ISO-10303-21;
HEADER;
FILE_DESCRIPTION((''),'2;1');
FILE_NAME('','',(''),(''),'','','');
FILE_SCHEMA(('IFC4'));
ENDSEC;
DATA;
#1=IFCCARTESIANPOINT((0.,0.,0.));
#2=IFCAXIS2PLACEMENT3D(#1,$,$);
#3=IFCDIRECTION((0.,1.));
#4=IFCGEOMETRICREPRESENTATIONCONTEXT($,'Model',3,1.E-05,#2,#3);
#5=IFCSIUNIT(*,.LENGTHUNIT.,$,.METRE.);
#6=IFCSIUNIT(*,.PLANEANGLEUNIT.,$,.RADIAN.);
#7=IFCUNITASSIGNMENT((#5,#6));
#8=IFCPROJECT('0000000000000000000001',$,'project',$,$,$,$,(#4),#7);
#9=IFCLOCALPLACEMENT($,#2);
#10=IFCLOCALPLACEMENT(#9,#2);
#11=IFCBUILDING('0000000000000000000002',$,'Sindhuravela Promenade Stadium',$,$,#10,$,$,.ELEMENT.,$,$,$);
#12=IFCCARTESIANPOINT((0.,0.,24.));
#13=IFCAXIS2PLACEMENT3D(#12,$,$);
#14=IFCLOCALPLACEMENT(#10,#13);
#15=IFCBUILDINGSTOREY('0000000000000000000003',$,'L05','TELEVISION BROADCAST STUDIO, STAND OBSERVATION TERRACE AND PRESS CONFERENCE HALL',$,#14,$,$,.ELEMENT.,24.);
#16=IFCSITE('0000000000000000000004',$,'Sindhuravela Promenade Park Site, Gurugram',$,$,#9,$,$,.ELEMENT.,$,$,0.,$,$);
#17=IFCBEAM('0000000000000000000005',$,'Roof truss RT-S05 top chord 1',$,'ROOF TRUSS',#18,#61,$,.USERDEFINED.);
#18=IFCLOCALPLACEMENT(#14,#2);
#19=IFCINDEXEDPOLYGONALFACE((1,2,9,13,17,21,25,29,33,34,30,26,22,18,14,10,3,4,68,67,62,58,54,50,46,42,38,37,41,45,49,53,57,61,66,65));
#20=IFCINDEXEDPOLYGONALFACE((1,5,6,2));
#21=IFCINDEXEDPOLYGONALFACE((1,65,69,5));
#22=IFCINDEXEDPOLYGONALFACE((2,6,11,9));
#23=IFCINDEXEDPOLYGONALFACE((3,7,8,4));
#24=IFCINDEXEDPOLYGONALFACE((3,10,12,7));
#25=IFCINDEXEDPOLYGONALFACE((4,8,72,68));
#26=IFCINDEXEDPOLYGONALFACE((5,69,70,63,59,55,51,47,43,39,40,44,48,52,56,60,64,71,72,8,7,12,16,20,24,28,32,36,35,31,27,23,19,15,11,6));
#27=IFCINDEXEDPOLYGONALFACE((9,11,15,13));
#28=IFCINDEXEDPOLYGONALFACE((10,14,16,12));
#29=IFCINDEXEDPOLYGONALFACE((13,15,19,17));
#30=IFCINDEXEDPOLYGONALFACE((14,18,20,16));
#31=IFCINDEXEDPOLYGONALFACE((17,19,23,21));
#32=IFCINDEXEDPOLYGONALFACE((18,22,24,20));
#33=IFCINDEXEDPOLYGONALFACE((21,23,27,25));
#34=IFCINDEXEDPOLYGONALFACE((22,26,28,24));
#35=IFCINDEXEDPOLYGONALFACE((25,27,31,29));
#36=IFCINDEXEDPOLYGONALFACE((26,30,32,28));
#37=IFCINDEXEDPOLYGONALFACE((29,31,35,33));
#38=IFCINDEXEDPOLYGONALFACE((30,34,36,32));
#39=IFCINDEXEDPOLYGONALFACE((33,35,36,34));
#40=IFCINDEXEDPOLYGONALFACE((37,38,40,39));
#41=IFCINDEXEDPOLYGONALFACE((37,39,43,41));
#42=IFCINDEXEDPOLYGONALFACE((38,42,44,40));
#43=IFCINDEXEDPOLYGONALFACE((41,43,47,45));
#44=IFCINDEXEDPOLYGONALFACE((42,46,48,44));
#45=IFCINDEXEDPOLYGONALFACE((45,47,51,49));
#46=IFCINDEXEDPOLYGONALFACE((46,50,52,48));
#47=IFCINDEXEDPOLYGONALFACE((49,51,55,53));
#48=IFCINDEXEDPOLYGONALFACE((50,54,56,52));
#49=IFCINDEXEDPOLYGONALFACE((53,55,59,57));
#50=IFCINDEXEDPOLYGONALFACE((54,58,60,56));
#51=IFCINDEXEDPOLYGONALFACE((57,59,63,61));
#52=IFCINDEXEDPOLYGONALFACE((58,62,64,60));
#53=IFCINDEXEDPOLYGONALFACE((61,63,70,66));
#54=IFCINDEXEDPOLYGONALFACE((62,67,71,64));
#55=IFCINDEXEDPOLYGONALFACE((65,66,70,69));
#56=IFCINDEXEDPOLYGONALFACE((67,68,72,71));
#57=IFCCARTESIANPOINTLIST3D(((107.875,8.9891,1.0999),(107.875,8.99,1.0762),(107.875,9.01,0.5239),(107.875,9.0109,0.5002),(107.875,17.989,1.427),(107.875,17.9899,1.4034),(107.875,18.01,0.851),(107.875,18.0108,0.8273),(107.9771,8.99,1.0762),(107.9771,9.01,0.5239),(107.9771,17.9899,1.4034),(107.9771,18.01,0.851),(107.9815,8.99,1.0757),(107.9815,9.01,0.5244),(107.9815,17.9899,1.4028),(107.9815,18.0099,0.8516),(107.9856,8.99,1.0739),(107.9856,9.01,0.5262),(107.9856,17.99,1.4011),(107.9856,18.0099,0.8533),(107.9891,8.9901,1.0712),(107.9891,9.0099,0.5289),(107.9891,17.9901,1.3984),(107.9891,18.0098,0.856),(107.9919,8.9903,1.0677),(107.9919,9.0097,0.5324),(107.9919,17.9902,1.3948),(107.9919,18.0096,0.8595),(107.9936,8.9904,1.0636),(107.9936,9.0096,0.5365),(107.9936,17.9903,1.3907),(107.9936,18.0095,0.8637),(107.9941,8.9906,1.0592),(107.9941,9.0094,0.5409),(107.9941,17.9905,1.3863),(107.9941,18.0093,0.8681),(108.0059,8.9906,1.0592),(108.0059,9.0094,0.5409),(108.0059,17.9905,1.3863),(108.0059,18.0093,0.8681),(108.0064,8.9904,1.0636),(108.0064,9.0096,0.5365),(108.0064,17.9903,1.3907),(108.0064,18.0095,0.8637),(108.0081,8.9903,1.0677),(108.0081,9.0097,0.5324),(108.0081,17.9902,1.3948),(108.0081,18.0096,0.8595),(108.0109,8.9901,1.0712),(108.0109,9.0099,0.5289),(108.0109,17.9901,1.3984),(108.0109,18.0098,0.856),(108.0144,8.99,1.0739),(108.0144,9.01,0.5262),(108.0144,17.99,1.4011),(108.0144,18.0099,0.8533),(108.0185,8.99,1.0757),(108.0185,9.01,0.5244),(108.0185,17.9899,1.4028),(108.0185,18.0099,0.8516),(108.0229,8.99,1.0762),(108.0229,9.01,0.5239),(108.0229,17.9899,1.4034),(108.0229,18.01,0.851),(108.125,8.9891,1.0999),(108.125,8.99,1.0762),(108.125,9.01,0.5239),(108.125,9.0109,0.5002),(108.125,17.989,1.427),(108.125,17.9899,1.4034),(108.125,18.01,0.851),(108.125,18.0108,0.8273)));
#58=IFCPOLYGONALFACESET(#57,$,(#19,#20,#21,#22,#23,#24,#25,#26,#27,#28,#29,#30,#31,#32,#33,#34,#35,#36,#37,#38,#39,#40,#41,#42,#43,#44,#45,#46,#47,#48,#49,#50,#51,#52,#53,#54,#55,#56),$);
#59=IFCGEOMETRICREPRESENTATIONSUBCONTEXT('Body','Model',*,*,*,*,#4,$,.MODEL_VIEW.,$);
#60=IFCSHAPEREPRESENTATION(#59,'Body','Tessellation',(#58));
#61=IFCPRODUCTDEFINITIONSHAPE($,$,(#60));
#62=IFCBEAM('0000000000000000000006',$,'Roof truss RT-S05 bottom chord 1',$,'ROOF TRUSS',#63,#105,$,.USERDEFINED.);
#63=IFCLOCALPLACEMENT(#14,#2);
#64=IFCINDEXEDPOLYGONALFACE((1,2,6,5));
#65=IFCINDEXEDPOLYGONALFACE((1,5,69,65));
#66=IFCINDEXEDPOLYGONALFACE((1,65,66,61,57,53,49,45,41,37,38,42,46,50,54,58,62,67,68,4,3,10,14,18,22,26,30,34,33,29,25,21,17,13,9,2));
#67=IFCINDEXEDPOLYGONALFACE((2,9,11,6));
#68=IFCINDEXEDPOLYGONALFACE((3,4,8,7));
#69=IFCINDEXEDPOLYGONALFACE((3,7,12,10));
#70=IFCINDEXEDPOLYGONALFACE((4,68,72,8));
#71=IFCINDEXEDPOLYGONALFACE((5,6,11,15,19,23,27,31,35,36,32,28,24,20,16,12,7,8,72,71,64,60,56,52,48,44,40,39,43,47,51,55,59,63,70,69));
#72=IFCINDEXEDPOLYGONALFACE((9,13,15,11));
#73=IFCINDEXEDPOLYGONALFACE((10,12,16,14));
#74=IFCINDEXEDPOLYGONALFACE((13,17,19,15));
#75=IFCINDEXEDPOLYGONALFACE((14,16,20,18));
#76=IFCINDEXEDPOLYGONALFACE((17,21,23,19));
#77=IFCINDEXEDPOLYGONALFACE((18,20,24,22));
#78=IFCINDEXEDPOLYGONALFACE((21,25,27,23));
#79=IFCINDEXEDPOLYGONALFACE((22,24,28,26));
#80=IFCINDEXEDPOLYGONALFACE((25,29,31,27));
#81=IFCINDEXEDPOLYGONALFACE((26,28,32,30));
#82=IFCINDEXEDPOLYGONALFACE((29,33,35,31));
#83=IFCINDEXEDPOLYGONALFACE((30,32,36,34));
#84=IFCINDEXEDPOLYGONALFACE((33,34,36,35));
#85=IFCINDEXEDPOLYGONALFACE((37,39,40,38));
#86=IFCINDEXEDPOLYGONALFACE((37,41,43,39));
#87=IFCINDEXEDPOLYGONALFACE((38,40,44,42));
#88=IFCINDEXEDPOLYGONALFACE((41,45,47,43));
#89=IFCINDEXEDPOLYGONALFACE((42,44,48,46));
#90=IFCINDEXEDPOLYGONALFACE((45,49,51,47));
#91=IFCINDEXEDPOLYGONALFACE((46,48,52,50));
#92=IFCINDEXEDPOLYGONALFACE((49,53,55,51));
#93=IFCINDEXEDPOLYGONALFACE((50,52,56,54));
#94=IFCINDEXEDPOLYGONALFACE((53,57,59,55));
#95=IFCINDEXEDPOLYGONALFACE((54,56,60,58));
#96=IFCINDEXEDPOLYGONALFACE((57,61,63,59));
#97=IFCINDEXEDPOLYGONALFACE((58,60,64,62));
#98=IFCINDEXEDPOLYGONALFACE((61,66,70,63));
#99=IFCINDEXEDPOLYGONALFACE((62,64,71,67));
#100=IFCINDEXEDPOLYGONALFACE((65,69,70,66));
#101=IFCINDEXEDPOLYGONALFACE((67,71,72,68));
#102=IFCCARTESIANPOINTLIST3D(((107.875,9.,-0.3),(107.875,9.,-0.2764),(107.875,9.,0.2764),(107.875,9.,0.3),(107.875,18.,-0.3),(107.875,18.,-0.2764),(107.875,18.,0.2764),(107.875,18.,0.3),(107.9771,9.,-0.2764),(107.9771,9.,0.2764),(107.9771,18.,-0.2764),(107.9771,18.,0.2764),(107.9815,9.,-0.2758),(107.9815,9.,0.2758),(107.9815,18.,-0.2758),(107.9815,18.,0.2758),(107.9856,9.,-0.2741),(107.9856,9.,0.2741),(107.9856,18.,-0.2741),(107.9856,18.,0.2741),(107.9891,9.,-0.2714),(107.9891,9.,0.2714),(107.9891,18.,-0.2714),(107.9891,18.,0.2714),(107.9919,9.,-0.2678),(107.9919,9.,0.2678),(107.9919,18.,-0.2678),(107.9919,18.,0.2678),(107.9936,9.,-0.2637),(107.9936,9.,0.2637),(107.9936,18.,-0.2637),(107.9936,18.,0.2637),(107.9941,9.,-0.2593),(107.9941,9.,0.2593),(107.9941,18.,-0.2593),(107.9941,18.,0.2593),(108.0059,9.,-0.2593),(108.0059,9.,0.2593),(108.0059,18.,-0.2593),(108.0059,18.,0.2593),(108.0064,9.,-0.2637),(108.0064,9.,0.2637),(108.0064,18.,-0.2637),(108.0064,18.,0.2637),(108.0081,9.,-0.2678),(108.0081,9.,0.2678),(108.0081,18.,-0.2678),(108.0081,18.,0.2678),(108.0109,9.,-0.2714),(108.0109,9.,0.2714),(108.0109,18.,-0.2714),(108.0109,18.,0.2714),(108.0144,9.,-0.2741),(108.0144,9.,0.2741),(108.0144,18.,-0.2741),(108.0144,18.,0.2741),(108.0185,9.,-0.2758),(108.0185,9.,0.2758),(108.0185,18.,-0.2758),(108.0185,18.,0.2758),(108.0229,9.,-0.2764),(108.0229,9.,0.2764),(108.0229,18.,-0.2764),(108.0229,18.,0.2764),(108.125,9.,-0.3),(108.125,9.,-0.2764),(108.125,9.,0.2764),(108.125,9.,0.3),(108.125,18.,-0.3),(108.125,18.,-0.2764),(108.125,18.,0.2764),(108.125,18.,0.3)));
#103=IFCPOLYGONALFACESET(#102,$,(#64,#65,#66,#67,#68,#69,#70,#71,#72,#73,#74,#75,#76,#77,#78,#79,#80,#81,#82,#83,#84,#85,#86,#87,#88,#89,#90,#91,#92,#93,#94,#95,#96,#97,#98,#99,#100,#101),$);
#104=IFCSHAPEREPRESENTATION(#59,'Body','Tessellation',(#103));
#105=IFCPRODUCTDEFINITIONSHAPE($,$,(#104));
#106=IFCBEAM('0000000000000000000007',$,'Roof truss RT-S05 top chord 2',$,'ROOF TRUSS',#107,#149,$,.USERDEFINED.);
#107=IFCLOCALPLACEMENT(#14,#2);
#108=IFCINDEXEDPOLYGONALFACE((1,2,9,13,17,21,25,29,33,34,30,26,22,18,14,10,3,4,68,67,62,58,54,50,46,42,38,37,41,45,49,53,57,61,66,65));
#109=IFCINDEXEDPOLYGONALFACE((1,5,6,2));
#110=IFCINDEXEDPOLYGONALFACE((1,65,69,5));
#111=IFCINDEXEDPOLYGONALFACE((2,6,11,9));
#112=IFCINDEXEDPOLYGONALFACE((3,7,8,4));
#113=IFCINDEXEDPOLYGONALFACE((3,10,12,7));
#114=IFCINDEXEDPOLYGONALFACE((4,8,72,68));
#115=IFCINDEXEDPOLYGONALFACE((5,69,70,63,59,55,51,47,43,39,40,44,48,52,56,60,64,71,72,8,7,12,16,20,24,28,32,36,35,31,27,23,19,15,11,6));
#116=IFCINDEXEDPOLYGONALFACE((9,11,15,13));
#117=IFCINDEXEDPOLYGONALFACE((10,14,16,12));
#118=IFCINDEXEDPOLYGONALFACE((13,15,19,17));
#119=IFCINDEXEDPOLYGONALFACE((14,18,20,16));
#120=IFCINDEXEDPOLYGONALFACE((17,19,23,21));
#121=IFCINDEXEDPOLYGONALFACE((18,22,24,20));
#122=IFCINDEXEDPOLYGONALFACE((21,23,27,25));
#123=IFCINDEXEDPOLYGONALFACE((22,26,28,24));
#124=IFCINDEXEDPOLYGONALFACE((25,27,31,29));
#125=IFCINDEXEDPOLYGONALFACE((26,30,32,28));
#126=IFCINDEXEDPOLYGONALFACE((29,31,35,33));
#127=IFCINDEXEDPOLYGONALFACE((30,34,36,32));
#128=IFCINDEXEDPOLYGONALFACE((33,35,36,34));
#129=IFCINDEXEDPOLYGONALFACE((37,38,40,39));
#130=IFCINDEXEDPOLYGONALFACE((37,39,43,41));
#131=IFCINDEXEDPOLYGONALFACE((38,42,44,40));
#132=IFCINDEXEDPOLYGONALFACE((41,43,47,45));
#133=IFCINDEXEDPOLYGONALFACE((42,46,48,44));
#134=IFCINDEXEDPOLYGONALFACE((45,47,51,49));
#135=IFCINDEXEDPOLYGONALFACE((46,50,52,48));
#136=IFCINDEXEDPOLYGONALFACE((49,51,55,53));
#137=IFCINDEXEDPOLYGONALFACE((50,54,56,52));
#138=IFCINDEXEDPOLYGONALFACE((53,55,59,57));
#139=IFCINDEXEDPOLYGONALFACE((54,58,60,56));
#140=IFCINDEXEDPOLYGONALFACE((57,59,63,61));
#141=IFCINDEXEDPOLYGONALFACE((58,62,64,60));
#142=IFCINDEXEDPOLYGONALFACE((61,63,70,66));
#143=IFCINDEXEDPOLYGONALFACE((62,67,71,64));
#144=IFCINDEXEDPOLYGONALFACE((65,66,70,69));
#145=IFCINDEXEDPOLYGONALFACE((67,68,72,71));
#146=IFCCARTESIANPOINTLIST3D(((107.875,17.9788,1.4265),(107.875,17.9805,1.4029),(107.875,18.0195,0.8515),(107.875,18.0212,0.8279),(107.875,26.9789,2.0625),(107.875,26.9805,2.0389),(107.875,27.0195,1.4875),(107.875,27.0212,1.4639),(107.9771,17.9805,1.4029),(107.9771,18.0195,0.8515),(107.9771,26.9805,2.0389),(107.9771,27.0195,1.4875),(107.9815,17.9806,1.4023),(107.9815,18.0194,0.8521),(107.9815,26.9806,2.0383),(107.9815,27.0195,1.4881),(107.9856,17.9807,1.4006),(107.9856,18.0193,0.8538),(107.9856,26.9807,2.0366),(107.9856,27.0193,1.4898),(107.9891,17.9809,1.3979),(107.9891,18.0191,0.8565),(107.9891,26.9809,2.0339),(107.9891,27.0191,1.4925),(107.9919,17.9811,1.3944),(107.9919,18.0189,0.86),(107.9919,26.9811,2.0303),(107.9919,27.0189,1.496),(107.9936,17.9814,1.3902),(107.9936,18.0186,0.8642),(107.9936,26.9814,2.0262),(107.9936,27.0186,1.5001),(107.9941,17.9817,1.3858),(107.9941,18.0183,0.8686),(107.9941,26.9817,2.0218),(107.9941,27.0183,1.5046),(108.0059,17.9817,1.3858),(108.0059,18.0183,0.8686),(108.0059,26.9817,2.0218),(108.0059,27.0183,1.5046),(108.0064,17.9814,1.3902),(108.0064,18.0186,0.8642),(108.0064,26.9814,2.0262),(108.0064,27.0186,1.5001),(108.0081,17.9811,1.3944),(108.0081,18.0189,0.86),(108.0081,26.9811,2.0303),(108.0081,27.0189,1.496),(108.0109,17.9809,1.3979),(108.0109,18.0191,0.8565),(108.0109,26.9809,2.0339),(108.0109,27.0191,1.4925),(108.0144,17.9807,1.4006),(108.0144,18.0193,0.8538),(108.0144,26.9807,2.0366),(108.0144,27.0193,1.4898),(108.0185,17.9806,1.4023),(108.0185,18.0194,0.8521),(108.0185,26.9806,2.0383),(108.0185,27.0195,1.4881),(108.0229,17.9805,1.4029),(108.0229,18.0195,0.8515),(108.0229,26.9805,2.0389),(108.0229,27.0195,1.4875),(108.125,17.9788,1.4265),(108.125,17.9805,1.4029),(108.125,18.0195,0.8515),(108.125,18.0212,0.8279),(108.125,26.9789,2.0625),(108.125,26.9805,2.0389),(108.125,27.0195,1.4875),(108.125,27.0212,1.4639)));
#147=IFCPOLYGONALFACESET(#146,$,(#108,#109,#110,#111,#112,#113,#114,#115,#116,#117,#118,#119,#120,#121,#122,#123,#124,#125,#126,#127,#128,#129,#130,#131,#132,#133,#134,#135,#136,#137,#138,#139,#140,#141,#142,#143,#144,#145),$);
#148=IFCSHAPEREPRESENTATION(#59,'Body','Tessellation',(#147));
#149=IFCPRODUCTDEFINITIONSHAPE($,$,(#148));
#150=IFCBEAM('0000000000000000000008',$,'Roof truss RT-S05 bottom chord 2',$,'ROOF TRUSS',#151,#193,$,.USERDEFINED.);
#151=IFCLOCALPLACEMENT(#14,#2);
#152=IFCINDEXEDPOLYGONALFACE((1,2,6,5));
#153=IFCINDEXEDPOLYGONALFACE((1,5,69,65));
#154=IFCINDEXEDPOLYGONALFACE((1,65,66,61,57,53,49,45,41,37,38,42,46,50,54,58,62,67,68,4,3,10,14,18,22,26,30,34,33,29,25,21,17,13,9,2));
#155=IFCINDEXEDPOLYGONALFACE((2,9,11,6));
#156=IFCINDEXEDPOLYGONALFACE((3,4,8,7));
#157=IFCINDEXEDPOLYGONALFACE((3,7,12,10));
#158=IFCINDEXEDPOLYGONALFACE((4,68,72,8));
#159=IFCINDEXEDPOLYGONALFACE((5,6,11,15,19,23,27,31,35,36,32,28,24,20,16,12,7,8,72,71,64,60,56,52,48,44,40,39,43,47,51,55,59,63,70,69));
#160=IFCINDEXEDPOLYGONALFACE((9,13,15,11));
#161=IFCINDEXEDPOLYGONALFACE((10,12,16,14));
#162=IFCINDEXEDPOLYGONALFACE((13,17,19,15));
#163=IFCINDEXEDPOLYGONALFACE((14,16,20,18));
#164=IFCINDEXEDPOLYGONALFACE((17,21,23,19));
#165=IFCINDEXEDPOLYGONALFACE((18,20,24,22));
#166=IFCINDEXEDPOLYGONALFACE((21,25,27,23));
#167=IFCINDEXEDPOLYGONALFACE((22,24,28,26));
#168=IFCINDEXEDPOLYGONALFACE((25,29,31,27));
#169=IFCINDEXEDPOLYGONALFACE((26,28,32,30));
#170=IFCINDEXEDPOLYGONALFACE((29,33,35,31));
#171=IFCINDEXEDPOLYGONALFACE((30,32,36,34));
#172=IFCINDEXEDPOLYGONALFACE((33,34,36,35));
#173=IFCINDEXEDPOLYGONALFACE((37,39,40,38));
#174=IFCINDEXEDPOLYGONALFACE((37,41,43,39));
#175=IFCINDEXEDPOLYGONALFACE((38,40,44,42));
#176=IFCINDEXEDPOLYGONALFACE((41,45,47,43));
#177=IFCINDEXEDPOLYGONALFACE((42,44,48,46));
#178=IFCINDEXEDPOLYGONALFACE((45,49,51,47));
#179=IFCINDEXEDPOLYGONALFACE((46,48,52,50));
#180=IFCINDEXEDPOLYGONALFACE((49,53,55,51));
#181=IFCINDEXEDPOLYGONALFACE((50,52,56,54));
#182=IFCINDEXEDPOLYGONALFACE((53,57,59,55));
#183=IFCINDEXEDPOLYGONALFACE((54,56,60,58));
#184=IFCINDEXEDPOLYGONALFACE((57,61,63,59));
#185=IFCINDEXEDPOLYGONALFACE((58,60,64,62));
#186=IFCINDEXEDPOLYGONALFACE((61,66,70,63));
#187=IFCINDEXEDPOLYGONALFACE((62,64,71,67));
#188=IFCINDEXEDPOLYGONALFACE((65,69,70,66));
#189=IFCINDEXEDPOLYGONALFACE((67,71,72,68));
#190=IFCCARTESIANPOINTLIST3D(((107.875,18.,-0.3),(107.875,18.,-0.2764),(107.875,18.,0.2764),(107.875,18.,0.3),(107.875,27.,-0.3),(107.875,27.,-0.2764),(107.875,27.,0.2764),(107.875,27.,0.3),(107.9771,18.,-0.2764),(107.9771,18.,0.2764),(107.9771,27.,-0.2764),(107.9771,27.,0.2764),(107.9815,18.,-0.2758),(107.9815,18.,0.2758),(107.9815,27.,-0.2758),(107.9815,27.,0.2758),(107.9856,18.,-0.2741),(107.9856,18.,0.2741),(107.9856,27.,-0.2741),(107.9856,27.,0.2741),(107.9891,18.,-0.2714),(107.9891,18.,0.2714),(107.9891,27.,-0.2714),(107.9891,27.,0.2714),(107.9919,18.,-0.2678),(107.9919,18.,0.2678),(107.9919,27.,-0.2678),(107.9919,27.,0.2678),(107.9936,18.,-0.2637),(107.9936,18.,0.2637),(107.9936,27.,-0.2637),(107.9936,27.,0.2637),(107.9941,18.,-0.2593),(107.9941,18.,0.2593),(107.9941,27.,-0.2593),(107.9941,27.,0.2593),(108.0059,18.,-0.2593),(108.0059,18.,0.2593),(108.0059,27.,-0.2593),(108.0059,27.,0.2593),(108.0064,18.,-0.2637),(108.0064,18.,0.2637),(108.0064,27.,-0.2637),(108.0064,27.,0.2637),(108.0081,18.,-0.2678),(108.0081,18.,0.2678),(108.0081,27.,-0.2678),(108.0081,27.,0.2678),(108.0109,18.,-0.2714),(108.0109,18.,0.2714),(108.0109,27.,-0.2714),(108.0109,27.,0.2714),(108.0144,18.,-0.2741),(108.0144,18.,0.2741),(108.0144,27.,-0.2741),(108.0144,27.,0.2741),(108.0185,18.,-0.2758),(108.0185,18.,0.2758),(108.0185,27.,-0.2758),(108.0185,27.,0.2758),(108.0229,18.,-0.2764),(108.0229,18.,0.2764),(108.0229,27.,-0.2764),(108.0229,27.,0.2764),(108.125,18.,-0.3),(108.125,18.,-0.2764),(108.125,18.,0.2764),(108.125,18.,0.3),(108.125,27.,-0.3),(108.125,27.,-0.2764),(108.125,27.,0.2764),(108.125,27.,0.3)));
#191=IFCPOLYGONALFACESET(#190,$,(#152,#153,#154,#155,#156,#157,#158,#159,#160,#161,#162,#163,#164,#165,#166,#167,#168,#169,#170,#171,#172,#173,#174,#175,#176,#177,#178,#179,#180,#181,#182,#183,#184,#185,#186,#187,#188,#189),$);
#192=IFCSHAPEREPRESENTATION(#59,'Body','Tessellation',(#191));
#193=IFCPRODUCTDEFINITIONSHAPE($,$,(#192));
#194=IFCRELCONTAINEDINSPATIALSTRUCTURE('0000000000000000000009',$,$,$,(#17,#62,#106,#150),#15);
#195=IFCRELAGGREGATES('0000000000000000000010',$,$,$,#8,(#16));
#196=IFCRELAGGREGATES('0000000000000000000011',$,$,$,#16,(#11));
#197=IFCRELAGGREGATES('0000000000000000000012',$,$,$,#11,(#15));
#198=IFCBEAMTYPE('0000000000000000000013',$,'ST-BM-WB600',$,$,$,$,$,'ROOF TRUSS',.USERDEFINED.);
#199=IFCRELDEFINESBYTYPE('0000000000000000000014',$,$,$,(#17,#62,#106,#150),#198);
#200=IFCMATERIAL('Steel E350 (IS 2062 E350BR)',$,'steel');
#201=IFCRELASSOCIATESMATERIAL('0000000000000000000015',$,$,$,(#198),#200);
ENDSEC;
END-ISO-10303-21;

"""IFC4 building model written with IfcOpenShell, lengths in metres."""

from ifc_helpers import new_model, si_unit, direction, frame, origin, origin_2d, place, context, subcontext, project, spatial, i_section, extrude, material, material_profile, profile_set, type_object, element, save


model = new_model("IFC4")

# Units and contexts
model_context = context("Model", 3, precision=1e-05, world=origin(), true_north=direction((0.0, 1.0)))
body_context = subcontext(model_context, "Body", "Model", "MODEL_VIEW")
ifc_project = project(units=[si_unit("LENGTHUNIT", "METRE"), si_unit("PLANEANGLEUNIT", "RADIAN")], contexts=[model_context])

# Site, building, storey
site_placement = place(None, origin())
site = spatial("IfcSite", under=ifc_project, at=site_placement, Name="Sindhuravela Promenade Park Site, Gurugram", CompositionType="ELEMENT", RefElevation=0.0)
building_placement = place(site_placement, origin())
building = spatial("IfcBuilding", under=site, at=building_placement, Name="Sindhuravela Promenade Stadium", CompositionType="ELEMENT")
storey_placement = place(building_placement, frame((0.0, 0.0, 24.0)))
storey = spatial("IfcBuildingStorey", under=building, at=storey_placement, Name="L05", Description="TELEVISION BROADCAST STUDIO, STAND OBSERVATION TERRACE AND PRESS CONFERENCE HALL", CompositionType="ELEMENT", Elevation=24.0)

# Beams
ifc_material_1 = material(Name="Steel E350 (IS 2062 E350BR)", Category="steel")
ifc_material_profile_1 = material_profile(ifc_material_1, i_section(OverallWidth=0.25, OverallDepth=0.6001, WebThickness=0.0117, FlangeThickness=0.0237, FilletRadius=0.0171, at=origin_2d()), Name="ISWB 600")
ifc_profile_set_1 = profile_set([ifc_material_profile_1], Name="Steel E350 (IS 2062 E350BR)")
beam_type = type_object("IfcBeamType", Name="ST-BM-WB600", ElementType="ROOF TRUSS", PredefinedType="USERDEFINED", material=ifc_profile_set_1)
beam_1_placement = place(storey_placement, frame((108.0, 9.0, 0.8), z_axis=(0.0, 0.99934, 0.036326), x_axis=(-1.0, 0.0, 0.0)))
element("IfcBeam", 1, at=beam_1_placement, inside=storey, type_object=beam_type, Name="Roof truss RT-S05 top chord 1", ObjectType="ROOF TRUSS", PredefinedType="USERDEFINED", context=body_context, shape_type="SweptSolid", body=[
    extrude(i_section(OverallWidth=0.25, OverallDepth=0.6001, WebThickness=0.0117, FlangeThickness=0.0237, FilletRadius=0.0171, at=origin_2d()), origin(), (0.0, 0.0, 1.0), 9.0059),
])
beam_2_placement = place(storey_placement, frame((108.0, 9.0, 0.0), z_axis=(0.0, 1.0, 0.0), x_axis=(-1.0, 0.0, 0.0)))
element("IfcBeam", 2, at=beam_2_placement, inside=storey, type_object=beam_type, Name="Roof truss RT-S05 bottom chord 1", ObjectType="ROOF TRUSS", PredefinedType="USERDEFINED", context=body_context, shape_type="SweptSolid", body=[
    extrude(i_section(OverallWidth=0.25, OverallDepth=0.6001, WebThickness=0.0117, FlangeThickness=0.0237, FilletRadius=0.0171, at=origin_2d()), origin(), (0.0, 0.0, 1.0), 9.0),
])
beam_3_placement = place(storey_placement, frame((108.0, 18.0, 1.1272), z_axis=(0.0, 0.997513, 0.070489), x_axis=(-1.0, 0.0, 0.0)))
element("IfcBeam", 3, at=beam_3_placement, inside=storey, type_object=beam_type, Name="Roof truss RT-S05 top chord 2", ObjectType="ROOF TRUSS", PredefinedType="USERDEFINED", context=body_context, shape_type="SweptSolid", body=[
    extrude(i_section(OverallWidth=0.25, OverallDepth=0.6001, WebThickness=0.0117, FlangeThickness=0.0237, FilletRadius=0.0171, at=origin_2d()), origin(), (0.0, 0.0, 1.0), 9.0225),
])
beam_4_placement = place(storey_placement, frame((108.0, 18.0, 0.0), z_axis=(0.0, 1.0, 0.0), x_axis=(-1.0, 0.0, 0.0)))
element("IfcBeam", 4, at=beam_4_placement, inside=storey, type_object=beam_type, Name="Roof truss RT-S05 bottom chord 2", ObjectType="ROOF TRUSS", PredefinedType="USERDEFINED", context=body_context, shape_type="SweptSolid", body=[
    extrude(i_section(OverallWidth=0.25, OverallDepth=0.6001, WebThickness=0.0117, FlangeThickness=0.0237, FilletRadius=0.0171, at=origin_2d()), origin(), (0.0, 0.0, 1.0), 9.0),
])

save(model, "model.ifc")
